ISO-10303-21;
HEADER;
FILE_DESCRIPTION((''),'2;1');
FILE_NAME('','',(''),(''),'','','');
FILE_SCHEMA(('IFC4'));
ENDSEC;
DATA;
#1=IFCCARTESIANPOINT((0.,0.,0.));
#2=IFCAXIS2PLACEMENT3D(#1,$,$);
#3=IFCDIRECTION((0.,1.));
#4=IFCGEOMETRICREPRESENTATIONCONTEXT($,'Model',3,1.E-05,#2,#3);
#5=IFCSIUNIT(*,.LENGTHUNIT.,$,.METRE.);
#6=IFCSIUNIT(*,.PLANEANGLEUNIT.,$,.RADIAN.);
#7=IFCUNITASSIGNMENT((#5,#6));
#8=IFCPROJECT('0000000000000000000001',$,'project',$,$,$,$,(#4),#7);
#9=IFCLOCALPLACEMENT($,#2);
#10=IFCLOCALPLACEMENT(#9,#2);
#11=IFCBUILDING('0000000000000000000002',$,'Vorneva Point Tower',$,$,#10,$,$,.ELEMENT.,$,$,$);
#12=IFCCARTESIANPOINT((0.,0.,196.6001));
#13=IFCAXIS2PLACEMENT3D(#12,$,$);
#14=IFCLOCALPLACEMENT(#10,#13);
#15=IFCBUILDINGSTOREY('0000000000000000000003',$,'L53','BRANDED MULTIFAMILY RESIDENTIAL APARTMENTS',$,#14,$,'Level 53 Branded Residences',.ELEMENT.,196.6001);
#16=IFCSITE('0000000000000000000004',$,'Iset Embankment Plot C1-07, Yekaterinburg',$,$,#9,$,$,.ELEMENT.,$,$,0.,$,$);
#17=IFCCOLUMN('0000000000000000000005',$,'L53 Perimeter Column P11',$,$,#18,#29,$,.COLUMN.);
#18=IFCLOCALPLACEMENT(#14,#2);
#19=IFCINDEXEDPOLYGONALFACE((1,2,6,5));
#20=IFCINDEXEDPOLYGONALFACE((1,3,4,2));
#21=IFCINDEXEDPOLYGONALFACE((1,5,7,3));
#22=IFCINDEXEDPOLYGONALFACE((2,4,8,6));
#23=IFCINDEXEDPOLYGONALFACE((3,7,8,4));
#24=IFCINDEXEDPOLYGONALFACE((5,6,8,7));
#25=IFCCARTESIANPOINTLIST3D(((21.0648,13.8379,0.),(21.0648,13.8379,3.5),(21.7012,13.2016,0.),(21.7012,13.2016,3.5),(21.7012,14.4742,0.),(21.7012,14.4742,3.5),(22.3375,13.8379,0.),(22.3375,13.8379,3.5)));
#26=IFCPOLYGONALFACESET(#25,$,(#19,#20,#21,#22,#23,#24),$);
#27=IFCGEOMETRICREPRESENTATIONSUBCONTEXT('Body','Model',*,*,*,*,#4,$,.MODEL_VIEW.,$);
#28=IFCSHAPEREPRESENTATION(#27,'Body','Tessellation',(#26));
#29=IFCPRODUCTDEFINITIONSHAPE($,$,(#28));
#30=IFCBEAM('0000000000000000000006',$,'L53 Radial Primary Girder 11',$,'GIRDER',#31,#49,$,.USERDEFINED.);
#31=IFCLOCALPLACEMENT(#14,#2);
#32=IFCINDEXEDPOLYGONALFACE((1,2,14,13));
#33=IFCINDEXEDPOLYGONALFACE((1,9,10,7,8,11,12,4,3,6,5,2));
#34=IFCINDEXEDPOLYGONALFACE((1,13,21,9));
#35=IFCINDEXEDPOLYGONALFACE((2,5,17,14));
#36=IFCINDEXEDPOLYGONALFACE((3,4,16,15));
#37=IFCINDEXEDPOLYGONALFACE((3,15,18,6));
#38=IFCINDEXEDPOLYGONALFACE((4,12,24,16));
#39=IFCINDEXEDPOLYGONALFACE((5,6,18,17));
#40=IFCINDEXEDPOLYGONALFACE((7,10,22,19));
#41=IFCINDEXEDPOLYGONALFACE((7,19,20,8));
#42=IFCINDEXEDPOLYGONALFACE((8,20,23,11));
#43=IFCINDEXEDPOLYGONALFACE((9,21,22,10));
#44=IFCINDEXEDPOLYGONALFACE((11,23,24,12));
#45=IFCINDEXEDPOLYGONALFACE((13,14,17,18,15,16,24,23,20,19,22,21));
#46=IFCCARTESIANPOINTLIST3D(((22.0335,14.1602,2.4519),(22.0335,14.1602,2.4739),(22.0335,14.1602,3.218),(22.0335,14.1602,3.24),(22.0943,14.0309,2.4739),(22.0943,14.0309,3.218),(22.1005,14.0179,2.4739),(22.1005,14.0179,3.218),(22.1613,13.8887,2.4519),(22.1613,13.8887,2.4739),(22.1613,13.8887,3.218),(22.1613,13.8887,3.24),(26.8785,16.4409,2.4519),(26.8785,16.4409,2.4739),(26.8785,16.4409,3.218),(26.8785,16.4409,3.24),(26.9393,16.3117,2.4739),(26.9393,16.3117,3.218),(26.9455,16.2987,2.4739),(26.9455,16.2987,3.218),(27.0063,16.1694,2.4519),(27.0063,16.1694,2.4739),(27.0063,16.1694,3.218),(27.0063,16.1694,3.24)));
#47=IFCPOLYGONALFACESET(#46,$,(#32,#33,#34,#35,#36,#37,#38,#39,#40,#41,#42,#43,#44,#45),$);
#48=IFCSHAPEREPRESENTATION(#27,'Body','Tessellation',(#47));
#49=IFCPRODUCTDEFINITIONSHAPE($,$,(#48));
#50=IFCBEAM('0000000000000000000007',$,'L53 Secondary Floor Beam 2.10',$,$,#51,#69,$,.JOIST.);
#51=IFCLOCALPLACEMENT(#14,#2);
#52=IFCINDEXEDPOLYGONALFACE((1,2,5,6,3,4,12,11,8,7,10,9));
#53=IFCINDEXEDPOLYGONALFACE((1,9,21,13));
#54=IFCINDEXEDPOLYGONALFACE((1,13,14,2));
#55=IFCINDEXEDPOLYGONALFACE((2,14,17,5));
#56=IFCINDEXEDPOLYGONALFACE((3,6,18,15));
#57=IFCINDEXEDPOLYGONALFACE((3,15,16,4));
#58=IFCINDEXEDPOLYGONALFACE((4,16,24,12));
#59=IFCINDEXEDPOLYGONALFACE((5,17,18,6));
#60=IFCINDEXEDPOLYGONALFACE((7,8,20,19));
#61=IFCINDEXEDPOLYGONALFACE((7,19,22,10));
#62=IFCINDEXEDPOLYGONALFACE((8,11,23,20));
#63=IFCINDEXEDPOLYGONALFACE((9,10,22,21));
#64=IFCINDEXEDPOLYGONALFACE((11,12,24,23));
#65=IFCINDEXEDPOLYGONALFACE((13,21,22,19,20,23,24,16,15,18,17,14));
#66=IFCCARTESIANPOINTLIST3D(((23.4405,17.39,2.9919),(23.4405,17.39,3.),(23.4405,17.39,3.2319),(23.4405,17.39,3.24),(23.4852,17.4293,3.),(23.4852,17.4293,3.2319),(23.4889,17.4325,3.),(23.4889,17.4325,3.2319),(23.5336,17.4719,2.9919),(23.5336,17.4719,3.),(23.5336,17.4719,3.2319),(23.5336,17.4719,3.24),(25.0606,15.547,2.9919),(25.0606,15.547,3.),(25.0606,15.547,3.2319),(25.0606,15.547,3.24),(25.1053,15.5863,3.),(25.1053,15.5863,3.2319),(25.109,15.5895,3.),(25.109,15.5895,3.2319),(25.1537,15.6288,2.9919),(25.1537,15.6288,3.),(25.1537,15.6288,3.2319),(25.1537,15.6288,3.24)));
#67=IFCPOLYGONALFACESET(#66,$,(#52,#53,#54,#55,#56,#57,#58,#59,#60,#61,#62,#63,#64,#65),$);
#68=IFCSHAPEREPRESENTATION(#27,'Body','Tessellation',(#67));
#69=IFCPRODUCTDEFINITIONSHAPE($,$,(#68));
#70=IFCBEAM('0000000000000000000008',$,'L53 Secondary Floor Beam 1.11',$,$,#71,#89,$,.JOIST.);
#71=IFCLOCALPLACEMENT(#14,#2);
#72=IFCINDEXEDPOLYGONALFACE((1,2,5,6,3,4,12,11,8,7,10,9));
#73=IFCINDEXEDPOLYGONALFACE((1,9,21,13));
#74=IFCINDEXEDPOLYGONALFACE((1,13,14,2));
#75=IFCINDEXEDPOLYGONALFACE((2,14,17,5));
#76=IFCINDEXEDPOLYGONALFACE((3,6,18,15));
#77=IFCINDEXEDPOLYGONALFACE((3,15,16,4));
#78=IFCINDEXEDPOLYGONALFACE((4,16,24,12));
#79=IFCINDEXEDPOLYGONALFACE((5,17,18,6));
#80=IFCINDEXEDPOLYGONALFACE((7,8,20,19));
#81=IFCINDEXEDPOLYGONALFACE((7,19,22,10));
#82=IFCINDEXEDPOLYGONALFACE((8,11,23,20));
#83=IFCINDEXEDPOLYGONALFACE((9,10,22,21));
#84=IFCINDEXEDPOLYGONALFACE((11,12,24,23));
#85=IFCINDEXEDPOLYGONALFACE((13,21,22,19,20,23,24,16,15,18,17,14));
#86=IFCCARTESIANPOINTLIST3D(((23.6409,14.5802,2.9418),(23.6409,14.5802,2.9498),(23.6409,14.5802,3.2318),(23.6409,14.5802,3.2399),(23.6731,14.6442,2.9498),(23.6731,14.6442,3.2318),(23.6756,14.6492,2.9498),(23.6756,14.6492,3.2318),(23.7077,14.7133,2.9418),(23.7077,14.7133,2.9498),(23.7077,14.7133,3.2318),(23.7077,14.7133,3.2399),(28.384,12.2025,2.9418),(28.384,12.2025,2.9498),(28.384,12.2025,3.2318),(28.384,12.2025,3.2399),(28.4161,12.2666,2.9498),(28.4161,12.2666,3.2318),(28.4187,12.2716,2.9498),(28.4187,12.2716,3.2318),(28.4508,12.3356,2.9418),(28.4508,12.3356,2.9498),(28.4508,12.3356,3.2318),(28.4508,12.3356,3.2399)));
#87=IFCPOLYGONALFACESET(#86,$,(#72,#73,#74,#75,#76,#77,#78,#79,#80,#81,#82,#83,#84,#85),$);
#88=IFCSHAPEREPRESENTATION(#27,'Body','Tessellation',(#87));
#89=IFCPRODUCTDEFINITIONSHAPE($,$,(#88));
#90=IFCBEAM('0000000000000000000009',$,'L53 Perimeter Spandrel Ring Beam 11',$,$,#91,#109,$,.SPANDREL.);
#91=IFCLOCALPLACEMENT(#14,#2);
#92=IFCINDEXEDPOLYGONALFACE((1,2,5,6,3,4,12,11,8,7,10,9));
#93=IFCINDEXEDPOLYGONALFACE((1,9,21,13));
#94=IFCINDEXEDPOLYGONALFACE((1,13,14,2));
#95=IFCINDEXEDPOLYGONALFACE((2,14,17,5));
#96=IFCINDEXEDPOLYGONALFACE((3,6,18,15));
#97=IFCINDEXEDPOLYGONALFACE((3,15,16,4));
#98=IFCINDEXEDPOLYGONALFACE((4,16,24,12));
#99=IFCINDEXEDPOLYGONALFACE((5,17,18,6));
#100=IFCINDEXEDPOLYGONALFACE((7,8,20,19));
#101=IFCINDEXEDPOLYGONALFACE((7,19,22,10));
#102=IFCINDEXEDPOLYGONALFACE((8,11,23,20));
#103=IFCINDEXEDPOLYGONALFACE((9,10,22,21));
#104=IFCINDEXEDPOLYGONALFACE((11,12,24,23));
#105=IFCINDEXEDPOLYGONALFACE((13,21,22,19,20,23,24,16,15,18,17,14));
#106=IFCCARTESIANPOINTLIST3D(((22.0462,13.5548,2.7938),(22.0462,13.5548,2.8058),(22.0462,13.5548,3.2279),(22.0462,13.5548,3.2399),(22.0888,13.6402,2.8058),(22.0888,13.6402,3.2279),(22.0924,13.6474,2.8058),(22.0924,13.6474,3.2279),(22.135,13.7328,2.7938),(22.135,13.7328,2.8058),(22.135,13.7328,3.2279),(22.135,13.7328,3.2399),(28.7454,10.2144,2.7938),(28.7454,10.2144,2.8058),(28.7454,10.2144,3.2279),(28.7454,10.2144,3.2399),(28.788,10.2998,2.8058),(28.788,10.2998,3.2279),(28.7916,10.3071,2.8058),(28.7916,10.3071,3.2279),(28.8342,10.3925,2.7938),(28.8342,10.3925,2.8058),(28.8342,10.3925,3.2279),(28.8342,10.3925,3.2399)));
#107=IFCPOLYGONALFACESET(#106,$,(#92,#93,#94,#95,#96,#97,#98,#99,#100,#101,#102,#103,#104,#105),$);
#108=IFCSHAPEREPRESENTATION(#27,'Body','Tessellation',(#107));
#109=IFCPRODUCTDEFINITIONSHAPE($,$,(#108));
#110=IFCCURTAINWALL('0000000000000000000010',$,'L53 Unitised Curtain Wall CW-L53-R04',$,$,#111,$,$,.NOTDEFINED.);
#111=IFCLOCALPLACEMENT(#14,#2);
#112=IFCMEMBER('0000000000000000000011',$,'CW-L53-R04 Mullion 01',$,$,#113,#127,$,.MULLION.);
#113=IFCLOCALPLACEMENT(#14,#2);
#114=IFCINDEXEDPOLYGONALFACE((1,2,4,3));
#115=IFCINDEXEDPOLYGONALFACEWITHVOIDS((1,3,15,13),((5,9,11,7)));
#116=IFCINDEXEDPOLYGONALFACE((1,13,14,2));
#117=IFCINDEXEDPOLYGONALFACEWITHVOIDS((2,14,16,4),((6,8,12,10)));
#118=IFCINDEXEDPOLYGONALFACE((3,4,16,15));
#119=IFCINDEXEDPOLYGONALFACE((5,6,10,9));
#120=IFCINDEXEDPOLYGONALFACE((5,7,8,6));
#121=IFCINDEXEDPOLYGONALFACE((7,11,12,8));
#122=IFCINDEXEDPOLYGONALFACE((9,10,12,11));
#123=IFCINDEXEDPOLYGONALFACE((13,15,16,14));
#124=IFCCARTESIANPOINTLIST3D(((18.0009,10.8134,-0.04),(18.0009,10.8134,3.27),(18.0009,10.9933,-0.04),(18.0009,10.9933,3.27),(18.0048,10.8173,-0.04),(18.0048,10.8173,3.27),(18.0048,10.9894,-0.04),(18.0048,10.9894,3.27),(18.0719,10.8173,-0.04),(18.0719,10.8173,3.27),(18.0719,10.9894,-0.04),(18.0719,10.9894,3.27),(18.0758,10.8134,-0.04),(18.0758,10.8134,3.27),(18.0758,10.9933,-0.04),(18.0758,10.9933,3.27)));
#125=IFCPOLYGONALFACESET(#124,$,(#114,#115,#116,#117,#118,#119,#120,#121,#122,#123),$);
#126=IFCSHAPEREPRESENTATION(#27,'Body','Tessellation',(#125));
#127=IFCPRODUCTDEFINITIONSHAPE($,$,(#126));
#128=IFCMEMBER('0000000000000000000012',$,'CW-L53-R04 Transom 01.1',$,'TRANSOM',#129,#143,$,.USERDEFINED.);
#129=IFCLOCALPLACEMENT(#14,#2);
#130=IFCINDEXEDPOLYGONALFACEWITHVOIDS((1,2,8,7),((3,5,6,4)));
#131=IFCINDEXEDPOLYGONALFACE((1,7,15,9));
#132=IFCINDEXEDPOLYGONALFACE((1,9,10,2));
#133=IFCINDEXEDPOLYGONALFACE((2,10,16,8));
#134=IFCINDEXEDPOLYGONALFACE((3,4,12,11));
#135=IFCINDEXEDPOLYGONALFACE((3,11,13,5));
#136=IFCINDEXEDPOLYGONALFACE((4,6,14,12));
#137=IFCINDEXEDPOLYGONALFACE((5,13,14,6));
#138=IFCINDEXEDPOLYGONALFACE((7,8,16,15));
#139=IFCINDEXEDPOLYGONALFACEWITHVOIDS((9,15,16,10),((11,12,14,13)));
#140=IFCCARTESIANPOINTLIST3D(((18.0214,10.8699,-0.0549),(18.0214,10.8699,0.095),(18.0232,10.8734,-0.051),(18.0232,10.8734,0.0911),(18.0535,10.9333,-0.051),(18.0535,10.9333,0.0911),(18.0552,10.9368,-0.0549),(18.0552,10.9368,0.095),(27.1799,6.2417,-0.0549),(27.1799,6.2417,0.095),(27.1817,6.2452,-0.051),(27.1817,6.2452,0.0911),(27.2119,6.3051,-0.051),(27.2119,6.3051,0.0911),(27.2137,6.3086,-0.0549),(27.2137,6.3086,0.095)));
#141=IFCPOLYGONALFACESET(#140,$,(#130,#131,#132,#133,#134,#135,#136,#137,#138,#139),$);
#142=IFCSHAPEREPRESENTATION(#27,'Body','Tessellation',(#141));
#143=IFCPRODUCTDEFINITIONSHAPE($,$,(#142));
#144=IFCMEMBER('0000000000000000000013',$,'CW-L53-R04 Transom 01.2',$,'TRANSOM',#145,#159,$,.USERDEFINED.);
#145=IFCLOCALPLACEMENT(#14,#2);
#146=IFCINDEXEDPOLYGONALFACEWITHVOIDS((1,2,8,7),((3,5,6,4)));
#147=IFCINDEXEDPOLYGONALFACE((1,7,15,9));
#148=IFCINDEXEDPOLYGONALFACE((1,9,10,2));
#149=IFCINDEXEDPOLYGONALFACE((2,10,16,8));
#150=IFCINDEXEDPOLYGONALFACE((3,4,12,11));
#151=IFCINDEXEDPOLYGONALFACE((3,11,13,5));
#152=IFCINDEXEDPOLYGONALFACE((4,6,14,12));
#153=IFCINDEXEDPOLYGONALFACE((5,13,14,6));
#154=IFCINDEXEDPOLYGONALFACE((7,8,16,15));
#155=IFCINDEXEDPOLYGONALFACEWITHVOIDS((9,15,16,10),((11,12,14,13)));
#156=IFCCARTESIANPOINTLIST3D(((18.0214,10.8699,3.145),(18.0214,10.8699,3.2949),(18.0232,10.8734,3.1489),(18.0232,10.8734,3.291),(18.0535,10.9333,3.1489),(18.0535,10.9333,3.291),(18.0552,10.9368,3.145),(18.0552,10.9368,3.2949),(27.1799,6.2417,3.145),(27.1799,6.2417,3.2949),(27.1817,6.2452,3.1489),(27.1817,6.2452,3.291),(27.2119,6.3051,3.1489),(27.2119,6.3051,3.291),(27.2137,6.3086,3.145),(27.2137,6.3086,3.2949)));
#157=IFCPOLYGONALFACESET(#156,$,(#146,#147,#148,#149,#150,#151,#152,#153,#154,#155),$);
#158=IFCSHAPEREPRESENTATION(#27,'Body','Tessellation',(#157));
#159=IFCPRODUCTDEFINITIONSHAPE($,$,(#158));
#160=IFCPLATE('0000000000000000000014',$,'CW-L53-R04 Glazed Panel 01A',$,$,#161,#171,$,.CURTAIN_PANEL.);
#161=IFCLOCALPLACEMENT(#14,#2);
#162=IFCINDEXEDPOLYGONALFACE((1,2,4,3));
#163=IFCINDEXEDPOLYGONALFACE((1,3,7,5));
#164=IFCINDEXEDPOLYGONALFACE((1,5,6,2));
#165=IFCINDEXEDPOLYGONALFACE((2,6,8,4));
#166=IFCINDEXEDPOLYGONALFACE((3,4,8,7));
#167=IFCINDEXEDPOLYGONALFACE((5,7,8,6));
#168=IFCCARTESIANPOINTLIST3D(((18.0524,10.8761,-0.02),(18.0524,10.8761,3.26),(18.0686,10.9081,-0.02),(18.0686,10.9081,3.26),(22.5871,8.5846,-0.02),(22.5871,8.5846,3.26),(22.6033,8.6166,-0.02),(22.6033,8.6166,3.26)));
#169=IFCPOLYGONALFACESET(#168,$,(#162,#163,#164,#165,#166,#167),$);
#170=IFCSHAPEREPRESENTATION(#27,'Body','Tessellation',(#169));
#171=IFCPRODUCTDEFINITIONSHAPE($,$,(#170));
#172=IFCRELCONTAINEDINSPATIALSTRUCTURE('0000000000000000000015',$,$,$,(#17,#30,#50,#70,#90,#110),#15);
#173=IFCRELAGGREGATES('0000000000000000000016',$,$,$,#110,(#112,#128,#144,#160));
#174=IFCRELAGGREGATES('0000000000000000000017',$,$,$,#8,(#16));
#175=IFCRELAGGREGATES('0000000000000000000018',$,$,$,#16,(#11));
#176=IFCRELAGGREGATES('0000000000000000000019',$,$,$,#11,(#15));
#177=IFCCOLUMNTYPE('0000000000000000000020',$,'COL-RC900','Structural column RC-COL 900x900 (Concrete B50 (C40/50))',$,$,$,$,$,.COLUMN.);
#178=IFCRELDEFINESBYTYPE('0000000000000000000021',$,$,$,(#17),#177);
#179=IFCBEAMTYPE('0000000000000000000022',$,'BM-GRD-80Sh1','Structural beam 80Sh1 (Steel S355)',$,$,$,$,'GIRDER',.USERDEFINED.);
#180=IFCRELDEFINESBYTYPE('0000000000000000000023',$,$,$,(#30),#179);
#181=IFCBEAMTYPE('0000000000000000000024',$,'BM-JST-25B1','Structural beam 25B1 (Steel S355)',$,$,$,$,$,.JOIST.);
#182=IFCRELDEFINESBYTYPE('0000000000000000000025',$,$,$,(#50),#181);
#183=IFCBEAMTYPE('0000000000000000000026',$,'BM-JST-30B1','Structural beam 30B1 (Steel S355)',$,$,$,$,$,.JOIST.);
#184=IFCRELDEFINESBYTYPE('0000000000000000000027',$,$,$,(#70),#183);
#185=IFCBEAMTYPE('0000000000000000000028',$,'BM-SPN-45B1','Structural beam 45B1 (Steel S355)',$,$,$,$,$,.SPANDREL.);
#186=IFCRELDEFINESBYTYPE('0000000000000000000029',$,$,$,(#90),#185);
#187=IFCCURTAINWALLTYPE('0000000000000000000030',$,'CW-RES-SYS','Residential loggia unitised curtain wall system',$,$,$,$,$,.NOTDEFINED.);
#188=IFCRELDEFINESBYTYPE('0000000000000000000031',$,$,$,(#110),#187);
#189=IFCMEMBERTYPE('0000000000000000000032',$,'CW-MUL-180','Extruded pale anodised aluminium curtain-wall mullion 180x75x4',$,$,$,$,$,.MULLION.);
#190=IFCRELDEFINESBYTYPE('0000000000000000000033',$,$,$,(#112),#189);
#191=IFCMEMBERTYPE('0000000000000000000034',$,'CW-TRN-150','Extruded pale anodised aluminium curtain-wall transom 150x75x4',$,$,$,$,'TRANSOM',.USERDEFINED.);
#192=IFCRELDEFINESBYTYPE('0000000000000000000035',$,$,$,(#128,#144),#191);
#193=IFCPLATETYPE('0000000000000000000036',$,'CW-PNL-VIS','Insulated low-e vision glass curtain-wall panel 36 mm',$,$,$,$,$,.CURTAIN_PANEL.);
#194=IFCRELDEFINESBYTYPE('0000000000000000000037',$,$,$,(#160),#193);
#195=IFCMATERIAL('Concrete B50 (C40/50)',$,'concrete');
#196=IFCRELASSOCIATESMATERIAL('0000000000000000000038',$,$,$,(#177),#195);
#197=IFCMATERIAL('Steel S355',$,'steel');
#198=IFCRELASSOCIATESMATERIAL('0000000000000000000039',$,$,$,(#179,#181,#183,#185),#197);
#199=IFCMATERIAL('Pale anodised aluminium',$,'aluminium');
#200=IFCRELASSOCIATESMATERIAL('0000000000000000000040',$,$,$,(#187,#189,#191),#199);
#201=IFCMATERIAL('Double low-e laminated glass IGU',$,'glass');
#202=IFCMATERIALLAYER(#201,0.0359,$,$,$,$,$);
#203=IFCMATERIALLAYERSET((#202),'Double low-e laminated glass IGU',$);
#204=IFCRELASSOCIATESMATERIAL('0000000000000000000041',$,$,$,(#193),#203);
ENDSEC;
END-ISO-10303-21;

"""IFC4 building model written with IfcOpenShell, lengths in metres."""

from ifc_helpers import new_model, si_unit, direction, frame, origin, origin_2d, place, context, subcontext, project, spatial, rectangle, hollow_rectangle, i_section, extrude, material, layer, layer_set, material_profile, profile_set, type_object, element, aggregate, save


model = new_model("IFC4")

# Units and contexts
model_context = context("Model", 3, precision=1e-05, world=origin(), true_north=direction((0.0, 1.0)))
body_context = subcontext(model_context, "Body", "Model", "MODEL_VIEW")
ifc_project = project(units=[si_unit("LENGTHUNIT", "METRE"), si_unit("PLANEANGLEUNIT", "RADIAN")], contexts=[model_context])

# Site, building, storey
site_placement = place(None, origin())
site = spatial("IfcSite", under=ifc_project, at=site_placement, Name="Iset Embankment Plot C1-07, Yekaterinburg", CompositionType="ELEMENT", RefElevation=0.0)
building_placement = place(site_placement, origin())
building = spatial("IfcBuilding", under=site, at=building_placement, Name="Vorneva Point Tower", CompositionType="ELEMENT")
storey_placement = place(building_placement, frame((0.0, 0.0, 196.6001)))
storey = spatial("IfcBuildingStorey", under=building, at=storey_placement, Name="L53", Description="BRANDED MULTIFAMILY RESIDENTIAL APARTMENTS", LongName="Level 53 Branded Residences", CompositionType="ELEMENT", Elevation=196.6001)

# Column
ifc_material_1 = material(Name="Concrete B50 (C40/50)", Category="concrete")
ifc_material_profile_1 = material_profile(ifc_material_1, rectangle(XDim=0.8999, YDim=0.8999, at=origin_2d()), Name="RC-COL 900x900")
ifc_profile_set_1 = profile_set([ifc_material_profile_1], Name="Concrete B50 (C40/50)")
column_type = type_object("IfcColumnType", Name="COL-RC900", Description="Structural column RC-COL 900x900 (Concrete B50 (C40/50))", PredefinedType="COLUMN", material=ifc_profile_set_1)
column_placement = place(storey_placement, frame((21.7012, 13.8379, 0.0), z_axis=(0.0, 0.0, 1.0), x_axis=(-0.707107, -0.707107, 0.0)))
element("IfcColumn", 1, at=column_placement, inside=storey, type_object=column_type, Name="L53 Perimeter Column P11", PredefinedType="COLUMN", context=body_context, shape_type="SweptSolid", body=[
    extrude(rectangle(XDim=0.8999, YDim=0.8999, at=origin_2d()), origin(), (0.0, 0.0, 1.0), 3.5),
])

# Beams
ifc_material_2 = material(Name="Steel S355", Category="steel")
ifc_material_profile_2 = material_profile(ifc_material_2, i_section(OverallWidth=0.3, OverallDepth=0.7881, WebThickness=0.0144, FlangeThickness=0.022, at=origin_2d()), Name="80Sh1")
ifc_profile_set_2 = profile_set([ifc_material_profile_2], Name="Steel S355")
beam_type_1 = type_object("IfcBeamType", Name="BM-GRD-80Sh1", Description="Structural beam 80Sh1 (Steel S355)", ElementType="GIRDER", PredefinedType="USERDEFINED", material=ifc_profile_set_2)
beam_1_placement = place(storey_placement, frame((22.0974, 14.0244, 2.8459), z_axis=(0.904763, 0.425916, 0.0), x_axis=(-0.425916, 0.904763, 0.0)))
element("IfcBeam", 2, at=beam_1_placement, inside=storey, type_object=beam_type_1, Name="L53 Radial Primary Girder 11", ObjectType="GIRDER", PredefinedType="USERDEFINED", context=body_context, shape_type="SweptSolid", body=[
    extrude(i_section(OverallWidth=0.3, OverallDepth=0.7881, WebThickness=0.0144, FlangeThickness=0.022, at=origin_2d()), origin(), (0.0, 0.0, 1.0), 5.355),
])
ifc_material_profile_3 = material_profile(ifc_material_2, i_section(OverallWidth=0.124, OverallDepth=0.248, WebThickness=0.0049, FlangeThickness=0.0081, at=origin_2d()), Name="25B1")
ifc_profile_set_3 = profile_set([ifc_material_profile_3], Name="Steel S355")
beam_type_2 = type_object("IfcBeamType", Name="BM-JST-25B1", Description="Structural beam 25B1 (Steel S355)", PredefinedType="JOIST", material=ifc_profile_set_3)
beam_2_placement = place(storey_placement, frame((23.4871, 17.4309, 3.116), z_axis=(0.660229, -0.751065, 0.0), x_axis=(0.751065, 0.660229, 0.0)))
element("IfcBeam", 3, at=beam_2_placement, inside=storey, type_object=beam_type_2, Name="L53 Secondary Floor Beam 2.10", PredefinedType="JOIST", context=body_context, shape_type="SweptSolid", body=[
    extrude(i_section(OverallWidth=0.124, OverallDepth=0.248, WebThickness=0.0049, FlangeThickness=0.0081, at=origin_2d()), origin(), (0.0, 0.0, 1.0), 2.4539),
])
ifc_material_profile_4 = material_profile(ifc_material_2, i_section(OverallWidth=0.1489, OverallDepth=0.2981, WebThickness=0.0056, FlangeThickness=0.0081, at=origin_2d()), Name="30B1")
ifc_profile_set_4 = profile_set([ifc_material_profile_4], Name="Steel S355")
beam_type_3 = type_object("IfcBeamType", Name="BM-JST-30B1", Description="Structural beam 30B1 (Steel S355)", PredefinedType="JOIST", material=ifc_profile_set_4)
beam_3_placement = place(storey_placement, frame((23.6743, 14.6467, 3.0908), z_axis=(0.893967, -0.448134, 0.0), x_axis=(0.448134, 0.893967, 0.0)))
element("IfcBeam", 4, at=beam_3_placement, inside=storey, type_object=beam_type_3, Name="L53 Secondary Floor Beam 1.11", PredefinedType="JOIST", context=body_context, shape_type="SweptSolid", body=[
    extrude(i_section(OverallWidth=0.1489, OverallDepth=0.2981, WebThickness=0.0056, FlangeThickness=0.0081, at=origin_2d()), origin(), (0.0, 0.0, 1.0), 5.3057),
])
ifc_material_profile_5 = material_profile(ifc_material_2, i_section(OverallWidth=0.199, OverallDepth=0.446, WebThickness=0.0081, FlangeThickness=0.012, at=origin_2d()), Name="45B1")
ifc_profile_set_5 = profile_set([ifc_material_profile_5], Name="Steel S355")
beam_type_4 = type_object("IfcBeamType", Name="BM-SPN-45B1", Description="Structural beam 45B1 (Steel S355)", PredefinedType="SPANDREL", material=ifc_profile_set_5)
beam_4_placement = place(storey_placement, frame((22.0906, 13.6438, 3.0168), z_axis=(0.894922, -0.446222, 0.0), x_axis=(0.446222, 0.894922, 0.0)))
element("IfcBeam", 5, at=beam_4_placement, inside=storey, type_object=beam_type_4, Name="L53 Perimeter Spandrel Ring Beam 11", PredefinedType="SPANDREL", context=body_context, shape_type="SweptSolid", body=[
    extrude(i_section(OverallWidth=0.199, OverallDepth=0.446, WebThickness=0.0081, FlangeThickness=0.012, at=origin_2d()), origin(), (0.0, 0.0, 1.0), 7.4858),
])

# Curtain wall, members, plate
ifc_material_3 = material(Name="Pale anodised aluminium", Category="aluminium")
curtain_wall_type = type_object("IfcCurtainWallType", Name="CW-RES-SYS", Description="Residential loggia unitised curtain wall system", PredefinedType="NOTDEFINED", material=ifc_material_3)
curtain_wall_placement = place(storey_placement, origin())
curtain_wall = element("IfcCurtainWall", 6, at=curtain_wall_placement, inside=storey, type_object=curtain_wall_type, Name="L53 Unitised Curtain Wall CW-L53-R04", PredefinedType="NOTDEFINED")
ifc_material_profile_6 = material_profile(ifc_material_3, hollow_rectangle(XDim=0.075, YDim=0.1799, WallThickness=0.0039, at=origin_2d()), Name="AL-MUL 180x75x4")
ifc_profile_set_6 = profile_set([ifc_material_profile_6], Name="Pale anodised aluminium")
member_type_1 = type_object("IfcMemberType", Name="CW-MUL-180", Description="Extruded pale anodised aluminium curtain-wall mullion 180x75x4", PredefinedType="MULLION", material=ifc_profile_set_6)
member_1_placement = place(storey_placement, frame((18.0383, 10.9033, -0.04), z_axis=(0.0, 0.0, 1.0), x_axis=(1.0, 0.0, 0.0)))
member_1 = element("IfcMember", 7, at=member_1_placement, type_object=member_type_1, Name="CW-L53-R04 Mullion 01", PredefinedType="MULLION", context=body_context, shape_type="SweptSolid", body=[
    extrude(hollow_rectangle(XDim=0.075, YDim=0.1799, WallThickness=0.0039, at=origin_2d()), origin(), (0.0, 0.0, 1.0), 3.3101),
])
ifc_material_profile_7 = material_profile(ifc_material_3, hollow_rectangle(XDim=0.075, YDim=0.1499, WallThickness=0.0039, at=origin_2d()), Name="AL-TRN 150x75x4")
ifc_profile_set_7 = profile_set([ifc_material_profile_7], Name="Pale anodised aluminium")
member_type_2 = type_object("IfcMemberType", Name="CW-TRN-150", Description="Extruded pale anodised aluminium curtain-wall transom 150x75x4", ElementType="TRANSOM", PredefinedType="USERDEFINED", material=ifc_profile_set_7)
member_2_placement = place(storey_placement, frame((18.0383, 10.9033, 0.02), z_axis=(0.892511, -0.451026, 0.0), x_axis=(0.451026, 0.892511, 0.0)))
member_2 = element("IfcMember", 8, at=member_2_placement, type_object=member_type_2, Name="CW-L53-R04 Transom 01.1", ObjectType="TRANSOM", PredefinedType="USERDEFINED", context=body_context, shape_type="SweptSolid", body=[
    extrude(hollow_rectangle(XDim=0.075, YDim=0.1499, WallThickness=0.0039, at=origin_2d()), origin(), (0.0, 0.0, 1.0), 10.2615),
])
member_3_placement = place(storey_placement, frame((18.0383, 10.9033, 3.22), z_axis=(0.892511, -0.451026, 0.0), x_axis=(0.451026, 0.892511, 0.0)))
member_3 = element("IfcMember", 9, at=member_3_placement, type_object=member_type_2, Name="CW-L53-R04 Transom 01.2", ObjectType="TRANSOM", PredefinedType="USERDEFINED", context=body_context, shape_type="SweptSolid", body=[
    extrude(hollow_rectangle(XDim=0.075, YDim=0.1499, WallThickness=0.0039, at=origin_2d()), origin(), (0.0, 0.0, 1.0), 10.2615),
])
ifc_material_4 = material(Name="Double low-e laminated glass IGU", Category="glass")
ifc_layer_1 = layer(ifc_material_4, 0.0359)
ifc_layer_set_1 = layer_set([ifc_layer_1], Name="Double low-e laminated glass IGU")
plate_type = type_object("IfcPlateType", Name="CW-PNL-VIS", Description="Insulated low-e vision glass curtain-wall panel 36 mm", PredefinedType="CURTAIN_PANEL", material=ifc_layer_set_1)
plate_1_placement = place(storey_placement, frame((20.3279, 9.7463, -0.02), z_axis=(0.0, 0.0, 1.0), x_axis=(0.892515, -0.451018, 0.0)))
plate_1 = element("IfcPlate", 10, at=plate_1_placement, type_object=plate_type, Name="CW-L53-R04 Glazed Panel 01A", PredefinedType="CURTAIN_PANEL", context=body_context, shape_type="SweptSolid", body=[
    extrude(rectangle(XDim=5.0808, YDim=0.0359, at=origin_2d()), origin(), (0.0, 0.0, 1.0), 3.28),
])
aggregate(curtain_wall, [member_1, member_2, member_3, plate_1])

save(model, "model.ifc")
